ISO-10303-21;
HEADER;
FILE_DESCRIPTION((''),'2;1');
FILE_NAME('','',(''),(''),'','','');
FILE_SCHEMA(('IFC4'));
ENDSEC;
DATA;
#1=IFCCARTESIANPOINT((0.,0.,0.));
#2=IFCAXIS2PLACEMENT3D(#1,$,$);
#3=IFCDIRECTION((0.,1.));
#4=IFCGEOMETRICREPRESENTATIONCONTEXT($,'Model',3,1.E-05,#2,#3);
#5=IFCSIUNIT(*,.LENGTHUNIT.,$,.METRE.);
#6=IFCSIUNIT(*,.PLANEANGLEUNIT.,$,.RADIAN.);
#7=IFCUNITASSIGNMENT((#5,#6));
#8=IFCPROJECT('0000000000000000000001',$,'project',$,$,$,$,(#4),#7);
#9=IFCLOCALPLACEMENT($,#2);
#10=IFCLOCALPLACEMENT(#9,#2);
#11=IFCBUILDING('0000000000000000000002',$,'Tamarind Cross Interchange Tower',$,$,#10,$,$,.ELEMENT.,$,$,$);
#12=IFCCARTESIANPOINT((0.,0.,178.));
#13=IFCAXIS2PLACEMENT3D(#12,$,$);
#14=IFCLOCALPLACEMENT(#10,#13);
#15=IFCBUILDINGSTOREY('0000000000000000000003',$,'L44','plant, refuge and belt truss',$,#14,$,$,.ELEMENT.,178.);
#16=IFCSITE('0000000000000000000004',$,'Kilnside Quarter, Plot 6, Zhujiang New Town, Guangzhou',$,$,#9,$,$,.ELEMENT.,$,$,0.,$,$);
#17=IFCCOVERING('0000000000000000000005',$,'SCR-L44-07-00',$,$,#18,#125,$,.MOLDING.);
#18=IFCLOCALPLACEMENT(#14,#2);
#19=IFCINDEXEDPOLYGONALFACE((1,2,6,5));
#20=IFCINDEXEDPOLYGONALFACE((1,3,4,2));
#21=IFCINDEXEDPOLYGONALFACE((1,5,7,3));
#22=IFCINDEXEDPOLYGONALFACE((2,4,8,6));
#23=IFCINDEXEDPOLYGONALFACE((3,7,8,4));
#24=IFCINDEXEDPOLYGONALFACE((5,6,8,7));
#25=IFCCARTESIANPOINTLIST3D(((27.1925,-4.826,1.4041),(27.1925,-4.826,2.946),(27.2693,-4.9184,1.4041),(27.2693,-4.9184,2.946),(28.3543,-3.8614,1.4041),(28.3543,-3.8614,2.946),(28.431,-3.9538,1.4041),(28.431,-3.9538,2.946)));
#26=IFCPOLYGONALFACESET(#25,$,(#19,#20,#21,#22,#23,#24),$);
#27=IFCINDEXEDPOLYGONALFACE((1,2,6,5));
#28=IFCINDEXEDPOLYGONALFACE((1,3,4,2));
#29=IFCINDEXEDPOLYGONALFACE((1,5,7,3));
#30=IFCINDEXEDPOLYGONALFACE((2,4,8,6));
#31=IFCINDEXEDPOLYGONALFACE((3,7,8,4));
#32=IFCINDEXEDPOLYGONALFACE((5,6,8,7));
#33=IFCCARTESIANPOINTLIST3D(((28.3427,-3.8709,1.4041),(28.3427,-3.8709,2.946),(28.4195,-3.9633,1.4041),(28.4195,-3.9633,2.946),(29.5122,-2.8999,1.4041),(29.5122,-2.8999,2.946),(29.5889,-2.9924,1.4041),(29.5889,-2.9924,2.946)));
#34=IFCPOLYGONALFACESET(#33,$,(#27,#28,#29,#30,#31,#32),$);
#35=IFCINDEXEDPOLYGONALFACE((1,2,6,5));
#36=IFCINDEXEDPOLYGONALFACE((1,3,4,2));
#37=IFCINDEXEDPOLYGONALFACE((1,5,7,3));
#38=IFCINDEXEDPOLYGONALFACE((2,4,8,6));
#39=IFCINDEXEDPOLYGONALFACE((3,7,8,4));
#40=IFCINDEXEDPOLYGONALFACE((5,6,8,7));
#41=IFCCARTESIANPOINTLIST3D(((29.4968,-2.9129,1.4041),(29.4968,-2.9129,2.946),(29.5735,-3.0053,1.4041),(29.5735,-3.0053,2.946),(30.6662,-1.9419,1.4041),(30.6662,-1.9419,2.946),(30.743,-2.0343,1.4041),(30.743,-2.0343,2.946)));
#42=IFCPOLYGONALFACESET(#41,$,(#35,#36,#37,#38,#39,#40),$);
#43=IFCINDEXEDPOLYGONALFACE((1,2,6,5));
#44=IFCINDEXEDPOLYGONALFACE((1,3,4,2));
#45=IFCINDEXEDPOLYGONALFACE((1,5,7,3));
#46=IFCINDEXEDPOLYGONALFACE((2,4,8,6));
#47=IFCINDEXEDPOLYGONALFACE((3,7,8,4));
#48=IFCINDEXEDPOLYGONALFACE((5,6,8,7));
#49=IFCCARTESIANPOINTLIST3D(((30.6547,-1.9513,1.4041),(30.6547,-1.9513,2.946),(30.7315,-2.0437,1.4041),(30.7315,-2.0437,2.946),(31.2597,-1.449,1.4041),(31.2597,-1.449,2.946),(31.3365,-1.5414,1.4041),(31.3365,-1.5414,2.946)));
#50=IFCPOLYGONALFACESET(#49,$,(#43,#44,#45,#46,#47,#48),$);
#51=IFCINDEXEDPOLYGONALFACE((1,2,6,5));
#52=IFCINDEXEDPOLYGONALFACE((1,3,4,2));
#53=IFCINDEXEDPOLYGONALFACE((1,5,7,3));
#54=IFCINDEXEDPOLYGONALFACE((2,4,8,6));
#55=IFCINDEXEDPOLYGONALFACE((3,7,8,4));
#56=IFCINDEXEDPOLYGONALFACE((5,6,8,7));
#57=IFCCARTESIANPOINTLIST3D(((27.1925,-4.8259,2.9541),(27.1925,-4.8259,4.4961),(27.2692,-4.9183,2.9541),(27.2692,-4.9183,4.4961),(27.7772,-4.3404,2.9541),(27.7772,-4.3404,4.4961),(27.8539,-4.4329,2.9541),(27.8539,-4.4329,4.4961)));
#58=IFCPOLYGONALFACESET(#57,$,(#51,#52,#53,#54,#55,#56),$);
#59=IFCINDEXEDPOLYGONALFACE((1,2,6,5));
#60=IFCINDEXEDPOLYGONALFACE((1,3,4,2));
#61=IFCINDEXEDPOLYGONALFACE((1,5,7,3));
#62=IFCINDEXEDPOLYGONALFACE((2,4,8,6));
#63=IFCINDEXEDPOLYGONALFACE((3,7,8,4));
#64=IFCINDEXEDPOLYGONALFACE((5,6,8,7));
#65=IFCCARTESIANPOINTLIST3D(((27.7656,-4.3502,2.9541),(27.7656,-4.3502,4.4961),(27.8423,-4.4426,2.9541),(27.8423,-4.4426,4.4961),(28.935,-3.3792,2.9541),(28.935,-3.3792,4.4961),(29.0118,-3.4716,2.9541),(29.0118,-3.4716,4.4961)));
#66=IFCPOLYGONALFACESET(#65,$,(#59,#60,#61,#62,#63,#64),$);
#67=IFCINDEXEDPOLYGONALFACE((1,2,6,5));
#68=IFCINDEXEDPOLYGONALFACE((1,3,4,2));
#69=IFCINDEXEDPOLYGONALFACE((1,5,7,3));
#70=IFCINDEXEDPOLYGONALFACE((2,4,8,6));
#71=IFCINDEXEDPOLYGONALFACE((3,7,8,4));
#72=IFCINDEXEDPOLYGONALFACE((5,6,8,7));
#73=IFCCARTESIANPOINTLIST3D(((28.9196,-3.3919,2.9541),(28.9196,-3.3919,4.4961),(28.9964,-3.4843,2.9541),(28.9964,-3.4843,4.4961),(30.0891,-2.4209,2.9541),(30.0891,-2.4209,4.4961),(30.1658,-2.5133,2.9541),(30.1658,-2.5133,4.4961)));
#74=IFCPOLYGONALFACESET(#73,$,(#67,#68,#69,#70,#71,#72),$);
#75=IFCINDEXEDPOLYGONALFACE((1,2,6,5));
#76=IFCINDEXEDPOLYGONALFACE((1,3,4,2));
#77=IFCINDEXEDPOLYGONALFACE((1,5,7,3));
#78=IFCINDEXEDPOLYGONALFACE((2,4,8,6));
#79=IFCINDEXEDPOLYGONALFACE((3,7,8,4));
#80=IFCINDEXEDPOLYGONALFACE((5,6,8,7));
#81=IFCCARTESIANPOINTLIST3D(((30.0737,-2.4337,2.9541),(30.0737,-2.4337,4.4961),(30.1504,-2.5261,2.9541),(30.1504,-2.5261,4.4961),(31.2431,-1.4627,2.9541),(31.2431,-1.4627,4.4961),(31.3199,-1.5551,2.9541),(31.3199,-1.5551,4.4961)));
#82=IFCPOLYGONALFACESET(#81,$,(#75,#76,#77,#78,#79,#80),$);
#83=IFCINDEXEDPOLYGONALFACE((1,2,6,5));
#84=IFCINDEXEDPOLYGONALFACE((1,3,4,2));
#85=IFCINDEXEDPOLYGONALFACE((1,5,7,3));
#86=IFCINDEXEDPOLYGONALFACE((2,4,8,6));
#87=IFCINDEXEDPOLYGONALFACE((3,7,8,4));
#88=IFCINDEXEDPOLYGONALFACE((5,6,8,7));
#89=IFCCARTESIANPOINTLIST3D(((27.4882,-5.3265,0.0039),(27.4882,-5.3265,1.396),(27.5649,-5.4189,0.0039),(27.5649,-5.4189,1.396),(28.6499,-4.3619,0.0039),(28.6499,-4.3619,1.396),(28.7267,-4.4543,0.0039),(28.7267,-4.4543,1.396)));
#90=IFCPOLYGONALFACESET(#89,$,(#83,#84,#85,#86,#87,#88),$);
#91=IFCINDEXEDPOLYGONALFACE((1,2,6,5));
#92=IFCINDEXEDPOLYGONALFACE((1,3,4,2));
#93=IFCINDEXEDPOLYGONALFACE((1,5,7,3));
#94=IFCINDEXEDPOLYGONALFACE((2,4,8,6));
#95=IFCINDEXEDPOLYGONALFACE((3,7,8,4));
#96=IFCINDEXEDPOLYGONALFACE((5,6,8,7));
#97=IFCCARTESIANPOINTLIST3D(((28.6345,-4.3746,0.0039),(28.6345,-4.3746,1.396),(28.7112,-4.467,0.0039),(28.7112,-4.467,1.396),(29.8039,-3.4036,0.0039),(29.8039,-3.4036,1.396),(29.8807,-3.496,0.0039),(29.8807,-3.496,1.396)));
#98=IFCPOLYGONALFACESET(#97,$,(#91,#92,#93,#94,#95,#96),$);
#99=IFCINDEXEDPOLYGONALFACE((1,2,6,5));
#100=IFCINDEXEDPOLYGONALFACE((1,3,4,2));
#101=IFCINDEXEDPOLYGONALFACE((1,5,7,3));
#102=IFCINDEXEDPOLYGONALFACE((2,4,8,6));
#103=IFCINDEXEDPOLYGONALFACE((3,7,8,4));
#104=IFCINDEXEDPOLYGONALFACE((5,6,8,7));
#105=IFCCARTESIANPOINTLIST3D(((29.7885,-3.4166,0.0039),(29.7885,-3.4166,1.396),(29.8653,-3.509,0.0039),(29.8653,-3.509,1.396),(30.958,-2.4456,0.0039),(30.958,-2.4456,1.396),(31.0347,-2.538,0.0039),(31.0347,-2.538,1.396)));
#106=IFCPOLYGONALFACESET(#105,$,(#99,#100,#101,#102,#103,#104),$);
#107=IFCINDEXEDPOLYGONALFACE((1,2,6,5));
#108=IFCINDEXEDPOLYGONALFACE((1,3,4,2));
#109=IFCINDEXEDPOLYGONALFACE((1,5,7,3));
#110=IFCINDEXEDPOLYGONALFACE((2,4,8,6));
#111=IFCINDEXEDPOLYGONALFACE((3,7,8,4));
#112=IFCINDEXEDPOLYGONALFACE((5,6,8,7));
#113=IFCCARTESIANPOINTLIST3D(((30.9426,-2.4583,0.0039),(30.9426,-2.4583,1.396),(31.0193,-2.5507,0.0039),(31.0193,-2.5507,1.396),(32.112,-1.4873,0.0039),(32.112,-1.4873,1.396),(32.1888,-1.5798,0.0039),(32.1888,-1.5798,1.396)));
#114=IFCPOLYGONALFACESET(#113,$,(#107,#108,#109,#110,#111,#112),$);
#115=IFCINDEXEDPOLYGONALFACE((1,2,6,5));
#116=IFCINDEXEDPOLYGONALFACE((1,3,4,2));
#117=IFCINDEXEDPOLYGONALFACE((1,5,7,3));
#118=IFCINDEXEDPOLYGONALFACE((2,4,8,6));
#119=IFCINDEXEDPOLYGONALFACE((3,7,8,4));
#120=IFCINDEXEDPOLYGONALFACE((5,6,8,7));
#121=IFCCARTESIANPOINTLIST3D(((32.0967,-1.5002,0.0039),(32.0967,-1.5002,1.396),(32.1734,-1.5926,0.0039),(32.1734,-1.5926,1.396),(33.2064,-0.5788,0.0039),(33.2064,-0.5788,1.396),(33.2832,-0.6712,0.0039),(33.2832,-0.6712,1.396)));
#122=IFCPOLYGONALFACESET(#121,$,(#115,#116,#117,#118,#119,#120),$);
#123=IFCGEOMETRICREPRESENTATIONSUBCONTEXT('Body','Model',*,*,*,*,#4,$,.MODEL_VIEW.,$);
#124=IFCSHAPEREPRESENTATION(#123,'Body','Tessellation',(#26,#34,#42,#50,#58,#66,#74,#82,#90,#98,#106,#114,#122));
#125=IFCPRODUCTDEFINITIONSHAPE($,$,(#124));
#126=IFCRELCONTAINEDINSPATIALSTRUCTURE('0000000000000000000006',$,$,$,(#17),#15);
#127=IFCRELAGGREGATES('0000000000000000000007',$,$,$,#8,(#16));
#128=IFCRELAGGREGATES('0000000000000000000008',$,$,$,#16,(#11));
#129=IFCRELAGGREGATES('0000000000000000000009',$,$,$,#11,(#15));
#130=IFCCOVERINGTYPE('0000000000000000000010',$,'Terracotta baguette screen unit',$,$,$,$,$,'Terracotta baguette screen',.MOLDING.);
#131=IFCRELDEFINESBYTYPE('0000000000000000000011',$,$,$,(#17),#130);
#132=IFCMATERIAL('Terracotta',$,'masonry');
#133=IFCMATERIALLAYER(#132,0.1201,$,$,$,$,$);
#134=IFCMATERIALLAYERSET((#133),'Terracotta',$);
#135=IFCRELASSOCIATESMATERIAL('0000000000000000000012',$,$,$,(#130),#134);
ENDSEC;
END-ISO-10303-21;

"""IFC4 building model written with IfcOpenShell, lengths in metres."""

from ifc_helpers import new_model, si_unit, direction, frame, origin, origin_2d, place, context, subcontext, project, spatial, rectangle, extrude, material, layer, layer_set, type_object, element, save


model = new_model("IFC4")

# Units and contexts
model_context = context("Model", 3, precision=1e-05, world=origin(), true_north=direction((0.0, 1.0)))
body_context = subcontext(model_context, "Body", "Model", "MODEL_VIEW")
ifc_project = project(units=[si_unit("LENGTHUNIT", "METRE"), si_unit("PLANEANGLEUNIT", "RADIAN")], contexts=[model_context])

# Site, building, storey
site_placement = place(None, origin())
site = spatial("IfcSite", under=ifc_project, at=site_placement, Name="Kilnside Quarter, Plot 6, Zhujiang New Town, Guangzhou", CompositionType="ELEMENT", RefElevation=0.0)
building_placement = place(site_placement, origin())
building = spatial("IfcBuilding", under=site, at=building_placement, Name="Tamarind Cross Interchange Tower", CompositionType="ELEMENT")
storey_placement = place(building_placement, frame((0.0, 0.0, 178.0)))
storey = spatial("IfcBuildingStorey", under=building, at=storey_placement, Name="L44", Description="plant, refuge and belt truss", CompositionType="ELEMENT", Elevation=178.0)

# Covering
ifc_material_1 = material(Name="Terracotta", Category="masonry")
ifc_layer_1 = layer(ifc_material_1, 0.1201)
ifc_layer_set_1 = layer_set([ifc_layer_1], Name="Terracotta")
covering_type = type_object("IfcCoveringType", Name="Terracotta baguette screen unit", ElementType="Terracotta baguette screen", PredefinedType="MOLDING", material=ifc_layer_set_1)
covering_1_placement = place(storey_placement, origin())
element("IfcCovering", 1, at=covering_1_placement, inside=storey, type_object=covering_type, Name="SCR-L44-07-00", PredefinedType="MOLDING", context=body_context, shape_type="SweptSolid", body=[
    extrude(rectangle(XDim=1.51, YDim=0.1201, at=origin_2d()), frame((27.8118, -4.3899, 1.4041), z_axis=(0.0, 0.0, 1.0), x_axis=(0.769373, 0.6388, 0.0)), (0.0, 0.0, 1.0), 1.542),
    extrude(rectangle(XDim=1.52, YDim=0.1201, at=origin_2d()), frame((28.9658, -3.4316, 1.4041), z_axis=(0.0, 0.0, 1.0), x_axis=(0.769373, 0.6388, 0.0)), (0.0, 0.0, 1.0), 1.542),
    extrude(rectangle(XDim=1.52, YDim=0.1201, at=origin_2d()), frame((30.1199, -2.4736, 1.4041), z_axis=(0.0, 0.0, 1.0), x_axis=(0.769373, 0.6388, 0.0)), (0.0, 0.0, 1.0), 1.542),
    extrude(rectangle(XDim=0.7864, YDim=0.1201, at=origin_2d()), frame((30.9956, -1.7463, 1.4041), z_axis=(0.0, 0.0, 1.0), x_axis=(0.769373, 0.6388, 0.0)), (0.0, 0.0, 1.0), 1.542),
    extrude(rectangle(XDim=0.76, YDim=0.1201, at=origin_2d()), frame((27.5232, -4.6294, 2.9541), z_axis=(0.0, 0.0, 1.0), x_axis=(0.769373, 0.6388, 0.0)), (0.0, 0.0, 1.0), 1.542),
    extrude(rectangle(XDim=1.52, YDim=0.1201, at=origin_2d()), frame((28.3887, -3.9109, 2.9541), z_axis=(0.0, 0.0, 1.0), x_axis=(0.769373, 0.6388, 0.0)), (0.0, 0.0, 1.0), 1.542),
    extrude(rectangle(XDim=1.52, YDim=0.1201, at=origin_2d()), frame((29.5427, -2.9526, 2.9541), z_axis=(0.0, 0.0, 1.0), x_axis=(0.769373, 0.6388, 0.0)), (0.0, 0.0, 1.0), 1.542),
    extrude(rectangle(XDim=1.52, YDim=0.1201, at=origin_2d()), frame((30.6968, -1.9944, 2.9541), z_axis=(0.0, 0.0, 1.0), x_axis=(0.769373, 0.6388, 0.0)), (0.0, 0.0, 1.0), 1.542),
    extrude(rectangle(XDim=1.51, YDim=0.1201, at=origin_2d()), frame((28.1074, -4.8904, 0.0039), z_axis=(0.0, 0.0, 1.0), x_axis=(0.769373, 0.6388, 0.0)), (0.0, 0.0, 1.0), 1.3921),
    extrude(rectangle(XDim=1.52, YDim=0.1201, at=origin_2d()), frame((29.2576, -3.9353, 0.0039), z_axis=(0.0, 0.0, 1.0), x_axis=(0.769373, 0.6388, 0.0)), (0.0, 0.0, 1.0), 1.3921),
    extrude(rectangle(XDim=1.52, YDim=0.1201, at=origin_2d()), frame((30.4116, -2.9773, 0.0039), z_axis=(0.0, 0.0, 1.0), x_axis=(0.769373, 0.6388, 0.0)), (0.0, 0.0, 1.0), 1.3921),
    extrude(rectangle(XDim=1.52, YDim=0.1201, at=origin_2d()), frame((31.5657, -2.019, 0.0039), z_axis=(0.0, 0.0, 1.0), x_axis=(0.769373, 0.6388, 0.0)), (0.0, 0.0, 1.0), 1.3921),
    extrude(rectangle(XDim=1.4424, YDim=0.1201, at=origin_2d()), frame((32.6899, -1.0857, 0.0039), z_axis=(0.0, 0.0, 1.0), x_axis=(0.769373, 0.6388, 0.0)), (0.0, 0.0, 1.0), 1.3921),
])

save(model, "model.ifc")
